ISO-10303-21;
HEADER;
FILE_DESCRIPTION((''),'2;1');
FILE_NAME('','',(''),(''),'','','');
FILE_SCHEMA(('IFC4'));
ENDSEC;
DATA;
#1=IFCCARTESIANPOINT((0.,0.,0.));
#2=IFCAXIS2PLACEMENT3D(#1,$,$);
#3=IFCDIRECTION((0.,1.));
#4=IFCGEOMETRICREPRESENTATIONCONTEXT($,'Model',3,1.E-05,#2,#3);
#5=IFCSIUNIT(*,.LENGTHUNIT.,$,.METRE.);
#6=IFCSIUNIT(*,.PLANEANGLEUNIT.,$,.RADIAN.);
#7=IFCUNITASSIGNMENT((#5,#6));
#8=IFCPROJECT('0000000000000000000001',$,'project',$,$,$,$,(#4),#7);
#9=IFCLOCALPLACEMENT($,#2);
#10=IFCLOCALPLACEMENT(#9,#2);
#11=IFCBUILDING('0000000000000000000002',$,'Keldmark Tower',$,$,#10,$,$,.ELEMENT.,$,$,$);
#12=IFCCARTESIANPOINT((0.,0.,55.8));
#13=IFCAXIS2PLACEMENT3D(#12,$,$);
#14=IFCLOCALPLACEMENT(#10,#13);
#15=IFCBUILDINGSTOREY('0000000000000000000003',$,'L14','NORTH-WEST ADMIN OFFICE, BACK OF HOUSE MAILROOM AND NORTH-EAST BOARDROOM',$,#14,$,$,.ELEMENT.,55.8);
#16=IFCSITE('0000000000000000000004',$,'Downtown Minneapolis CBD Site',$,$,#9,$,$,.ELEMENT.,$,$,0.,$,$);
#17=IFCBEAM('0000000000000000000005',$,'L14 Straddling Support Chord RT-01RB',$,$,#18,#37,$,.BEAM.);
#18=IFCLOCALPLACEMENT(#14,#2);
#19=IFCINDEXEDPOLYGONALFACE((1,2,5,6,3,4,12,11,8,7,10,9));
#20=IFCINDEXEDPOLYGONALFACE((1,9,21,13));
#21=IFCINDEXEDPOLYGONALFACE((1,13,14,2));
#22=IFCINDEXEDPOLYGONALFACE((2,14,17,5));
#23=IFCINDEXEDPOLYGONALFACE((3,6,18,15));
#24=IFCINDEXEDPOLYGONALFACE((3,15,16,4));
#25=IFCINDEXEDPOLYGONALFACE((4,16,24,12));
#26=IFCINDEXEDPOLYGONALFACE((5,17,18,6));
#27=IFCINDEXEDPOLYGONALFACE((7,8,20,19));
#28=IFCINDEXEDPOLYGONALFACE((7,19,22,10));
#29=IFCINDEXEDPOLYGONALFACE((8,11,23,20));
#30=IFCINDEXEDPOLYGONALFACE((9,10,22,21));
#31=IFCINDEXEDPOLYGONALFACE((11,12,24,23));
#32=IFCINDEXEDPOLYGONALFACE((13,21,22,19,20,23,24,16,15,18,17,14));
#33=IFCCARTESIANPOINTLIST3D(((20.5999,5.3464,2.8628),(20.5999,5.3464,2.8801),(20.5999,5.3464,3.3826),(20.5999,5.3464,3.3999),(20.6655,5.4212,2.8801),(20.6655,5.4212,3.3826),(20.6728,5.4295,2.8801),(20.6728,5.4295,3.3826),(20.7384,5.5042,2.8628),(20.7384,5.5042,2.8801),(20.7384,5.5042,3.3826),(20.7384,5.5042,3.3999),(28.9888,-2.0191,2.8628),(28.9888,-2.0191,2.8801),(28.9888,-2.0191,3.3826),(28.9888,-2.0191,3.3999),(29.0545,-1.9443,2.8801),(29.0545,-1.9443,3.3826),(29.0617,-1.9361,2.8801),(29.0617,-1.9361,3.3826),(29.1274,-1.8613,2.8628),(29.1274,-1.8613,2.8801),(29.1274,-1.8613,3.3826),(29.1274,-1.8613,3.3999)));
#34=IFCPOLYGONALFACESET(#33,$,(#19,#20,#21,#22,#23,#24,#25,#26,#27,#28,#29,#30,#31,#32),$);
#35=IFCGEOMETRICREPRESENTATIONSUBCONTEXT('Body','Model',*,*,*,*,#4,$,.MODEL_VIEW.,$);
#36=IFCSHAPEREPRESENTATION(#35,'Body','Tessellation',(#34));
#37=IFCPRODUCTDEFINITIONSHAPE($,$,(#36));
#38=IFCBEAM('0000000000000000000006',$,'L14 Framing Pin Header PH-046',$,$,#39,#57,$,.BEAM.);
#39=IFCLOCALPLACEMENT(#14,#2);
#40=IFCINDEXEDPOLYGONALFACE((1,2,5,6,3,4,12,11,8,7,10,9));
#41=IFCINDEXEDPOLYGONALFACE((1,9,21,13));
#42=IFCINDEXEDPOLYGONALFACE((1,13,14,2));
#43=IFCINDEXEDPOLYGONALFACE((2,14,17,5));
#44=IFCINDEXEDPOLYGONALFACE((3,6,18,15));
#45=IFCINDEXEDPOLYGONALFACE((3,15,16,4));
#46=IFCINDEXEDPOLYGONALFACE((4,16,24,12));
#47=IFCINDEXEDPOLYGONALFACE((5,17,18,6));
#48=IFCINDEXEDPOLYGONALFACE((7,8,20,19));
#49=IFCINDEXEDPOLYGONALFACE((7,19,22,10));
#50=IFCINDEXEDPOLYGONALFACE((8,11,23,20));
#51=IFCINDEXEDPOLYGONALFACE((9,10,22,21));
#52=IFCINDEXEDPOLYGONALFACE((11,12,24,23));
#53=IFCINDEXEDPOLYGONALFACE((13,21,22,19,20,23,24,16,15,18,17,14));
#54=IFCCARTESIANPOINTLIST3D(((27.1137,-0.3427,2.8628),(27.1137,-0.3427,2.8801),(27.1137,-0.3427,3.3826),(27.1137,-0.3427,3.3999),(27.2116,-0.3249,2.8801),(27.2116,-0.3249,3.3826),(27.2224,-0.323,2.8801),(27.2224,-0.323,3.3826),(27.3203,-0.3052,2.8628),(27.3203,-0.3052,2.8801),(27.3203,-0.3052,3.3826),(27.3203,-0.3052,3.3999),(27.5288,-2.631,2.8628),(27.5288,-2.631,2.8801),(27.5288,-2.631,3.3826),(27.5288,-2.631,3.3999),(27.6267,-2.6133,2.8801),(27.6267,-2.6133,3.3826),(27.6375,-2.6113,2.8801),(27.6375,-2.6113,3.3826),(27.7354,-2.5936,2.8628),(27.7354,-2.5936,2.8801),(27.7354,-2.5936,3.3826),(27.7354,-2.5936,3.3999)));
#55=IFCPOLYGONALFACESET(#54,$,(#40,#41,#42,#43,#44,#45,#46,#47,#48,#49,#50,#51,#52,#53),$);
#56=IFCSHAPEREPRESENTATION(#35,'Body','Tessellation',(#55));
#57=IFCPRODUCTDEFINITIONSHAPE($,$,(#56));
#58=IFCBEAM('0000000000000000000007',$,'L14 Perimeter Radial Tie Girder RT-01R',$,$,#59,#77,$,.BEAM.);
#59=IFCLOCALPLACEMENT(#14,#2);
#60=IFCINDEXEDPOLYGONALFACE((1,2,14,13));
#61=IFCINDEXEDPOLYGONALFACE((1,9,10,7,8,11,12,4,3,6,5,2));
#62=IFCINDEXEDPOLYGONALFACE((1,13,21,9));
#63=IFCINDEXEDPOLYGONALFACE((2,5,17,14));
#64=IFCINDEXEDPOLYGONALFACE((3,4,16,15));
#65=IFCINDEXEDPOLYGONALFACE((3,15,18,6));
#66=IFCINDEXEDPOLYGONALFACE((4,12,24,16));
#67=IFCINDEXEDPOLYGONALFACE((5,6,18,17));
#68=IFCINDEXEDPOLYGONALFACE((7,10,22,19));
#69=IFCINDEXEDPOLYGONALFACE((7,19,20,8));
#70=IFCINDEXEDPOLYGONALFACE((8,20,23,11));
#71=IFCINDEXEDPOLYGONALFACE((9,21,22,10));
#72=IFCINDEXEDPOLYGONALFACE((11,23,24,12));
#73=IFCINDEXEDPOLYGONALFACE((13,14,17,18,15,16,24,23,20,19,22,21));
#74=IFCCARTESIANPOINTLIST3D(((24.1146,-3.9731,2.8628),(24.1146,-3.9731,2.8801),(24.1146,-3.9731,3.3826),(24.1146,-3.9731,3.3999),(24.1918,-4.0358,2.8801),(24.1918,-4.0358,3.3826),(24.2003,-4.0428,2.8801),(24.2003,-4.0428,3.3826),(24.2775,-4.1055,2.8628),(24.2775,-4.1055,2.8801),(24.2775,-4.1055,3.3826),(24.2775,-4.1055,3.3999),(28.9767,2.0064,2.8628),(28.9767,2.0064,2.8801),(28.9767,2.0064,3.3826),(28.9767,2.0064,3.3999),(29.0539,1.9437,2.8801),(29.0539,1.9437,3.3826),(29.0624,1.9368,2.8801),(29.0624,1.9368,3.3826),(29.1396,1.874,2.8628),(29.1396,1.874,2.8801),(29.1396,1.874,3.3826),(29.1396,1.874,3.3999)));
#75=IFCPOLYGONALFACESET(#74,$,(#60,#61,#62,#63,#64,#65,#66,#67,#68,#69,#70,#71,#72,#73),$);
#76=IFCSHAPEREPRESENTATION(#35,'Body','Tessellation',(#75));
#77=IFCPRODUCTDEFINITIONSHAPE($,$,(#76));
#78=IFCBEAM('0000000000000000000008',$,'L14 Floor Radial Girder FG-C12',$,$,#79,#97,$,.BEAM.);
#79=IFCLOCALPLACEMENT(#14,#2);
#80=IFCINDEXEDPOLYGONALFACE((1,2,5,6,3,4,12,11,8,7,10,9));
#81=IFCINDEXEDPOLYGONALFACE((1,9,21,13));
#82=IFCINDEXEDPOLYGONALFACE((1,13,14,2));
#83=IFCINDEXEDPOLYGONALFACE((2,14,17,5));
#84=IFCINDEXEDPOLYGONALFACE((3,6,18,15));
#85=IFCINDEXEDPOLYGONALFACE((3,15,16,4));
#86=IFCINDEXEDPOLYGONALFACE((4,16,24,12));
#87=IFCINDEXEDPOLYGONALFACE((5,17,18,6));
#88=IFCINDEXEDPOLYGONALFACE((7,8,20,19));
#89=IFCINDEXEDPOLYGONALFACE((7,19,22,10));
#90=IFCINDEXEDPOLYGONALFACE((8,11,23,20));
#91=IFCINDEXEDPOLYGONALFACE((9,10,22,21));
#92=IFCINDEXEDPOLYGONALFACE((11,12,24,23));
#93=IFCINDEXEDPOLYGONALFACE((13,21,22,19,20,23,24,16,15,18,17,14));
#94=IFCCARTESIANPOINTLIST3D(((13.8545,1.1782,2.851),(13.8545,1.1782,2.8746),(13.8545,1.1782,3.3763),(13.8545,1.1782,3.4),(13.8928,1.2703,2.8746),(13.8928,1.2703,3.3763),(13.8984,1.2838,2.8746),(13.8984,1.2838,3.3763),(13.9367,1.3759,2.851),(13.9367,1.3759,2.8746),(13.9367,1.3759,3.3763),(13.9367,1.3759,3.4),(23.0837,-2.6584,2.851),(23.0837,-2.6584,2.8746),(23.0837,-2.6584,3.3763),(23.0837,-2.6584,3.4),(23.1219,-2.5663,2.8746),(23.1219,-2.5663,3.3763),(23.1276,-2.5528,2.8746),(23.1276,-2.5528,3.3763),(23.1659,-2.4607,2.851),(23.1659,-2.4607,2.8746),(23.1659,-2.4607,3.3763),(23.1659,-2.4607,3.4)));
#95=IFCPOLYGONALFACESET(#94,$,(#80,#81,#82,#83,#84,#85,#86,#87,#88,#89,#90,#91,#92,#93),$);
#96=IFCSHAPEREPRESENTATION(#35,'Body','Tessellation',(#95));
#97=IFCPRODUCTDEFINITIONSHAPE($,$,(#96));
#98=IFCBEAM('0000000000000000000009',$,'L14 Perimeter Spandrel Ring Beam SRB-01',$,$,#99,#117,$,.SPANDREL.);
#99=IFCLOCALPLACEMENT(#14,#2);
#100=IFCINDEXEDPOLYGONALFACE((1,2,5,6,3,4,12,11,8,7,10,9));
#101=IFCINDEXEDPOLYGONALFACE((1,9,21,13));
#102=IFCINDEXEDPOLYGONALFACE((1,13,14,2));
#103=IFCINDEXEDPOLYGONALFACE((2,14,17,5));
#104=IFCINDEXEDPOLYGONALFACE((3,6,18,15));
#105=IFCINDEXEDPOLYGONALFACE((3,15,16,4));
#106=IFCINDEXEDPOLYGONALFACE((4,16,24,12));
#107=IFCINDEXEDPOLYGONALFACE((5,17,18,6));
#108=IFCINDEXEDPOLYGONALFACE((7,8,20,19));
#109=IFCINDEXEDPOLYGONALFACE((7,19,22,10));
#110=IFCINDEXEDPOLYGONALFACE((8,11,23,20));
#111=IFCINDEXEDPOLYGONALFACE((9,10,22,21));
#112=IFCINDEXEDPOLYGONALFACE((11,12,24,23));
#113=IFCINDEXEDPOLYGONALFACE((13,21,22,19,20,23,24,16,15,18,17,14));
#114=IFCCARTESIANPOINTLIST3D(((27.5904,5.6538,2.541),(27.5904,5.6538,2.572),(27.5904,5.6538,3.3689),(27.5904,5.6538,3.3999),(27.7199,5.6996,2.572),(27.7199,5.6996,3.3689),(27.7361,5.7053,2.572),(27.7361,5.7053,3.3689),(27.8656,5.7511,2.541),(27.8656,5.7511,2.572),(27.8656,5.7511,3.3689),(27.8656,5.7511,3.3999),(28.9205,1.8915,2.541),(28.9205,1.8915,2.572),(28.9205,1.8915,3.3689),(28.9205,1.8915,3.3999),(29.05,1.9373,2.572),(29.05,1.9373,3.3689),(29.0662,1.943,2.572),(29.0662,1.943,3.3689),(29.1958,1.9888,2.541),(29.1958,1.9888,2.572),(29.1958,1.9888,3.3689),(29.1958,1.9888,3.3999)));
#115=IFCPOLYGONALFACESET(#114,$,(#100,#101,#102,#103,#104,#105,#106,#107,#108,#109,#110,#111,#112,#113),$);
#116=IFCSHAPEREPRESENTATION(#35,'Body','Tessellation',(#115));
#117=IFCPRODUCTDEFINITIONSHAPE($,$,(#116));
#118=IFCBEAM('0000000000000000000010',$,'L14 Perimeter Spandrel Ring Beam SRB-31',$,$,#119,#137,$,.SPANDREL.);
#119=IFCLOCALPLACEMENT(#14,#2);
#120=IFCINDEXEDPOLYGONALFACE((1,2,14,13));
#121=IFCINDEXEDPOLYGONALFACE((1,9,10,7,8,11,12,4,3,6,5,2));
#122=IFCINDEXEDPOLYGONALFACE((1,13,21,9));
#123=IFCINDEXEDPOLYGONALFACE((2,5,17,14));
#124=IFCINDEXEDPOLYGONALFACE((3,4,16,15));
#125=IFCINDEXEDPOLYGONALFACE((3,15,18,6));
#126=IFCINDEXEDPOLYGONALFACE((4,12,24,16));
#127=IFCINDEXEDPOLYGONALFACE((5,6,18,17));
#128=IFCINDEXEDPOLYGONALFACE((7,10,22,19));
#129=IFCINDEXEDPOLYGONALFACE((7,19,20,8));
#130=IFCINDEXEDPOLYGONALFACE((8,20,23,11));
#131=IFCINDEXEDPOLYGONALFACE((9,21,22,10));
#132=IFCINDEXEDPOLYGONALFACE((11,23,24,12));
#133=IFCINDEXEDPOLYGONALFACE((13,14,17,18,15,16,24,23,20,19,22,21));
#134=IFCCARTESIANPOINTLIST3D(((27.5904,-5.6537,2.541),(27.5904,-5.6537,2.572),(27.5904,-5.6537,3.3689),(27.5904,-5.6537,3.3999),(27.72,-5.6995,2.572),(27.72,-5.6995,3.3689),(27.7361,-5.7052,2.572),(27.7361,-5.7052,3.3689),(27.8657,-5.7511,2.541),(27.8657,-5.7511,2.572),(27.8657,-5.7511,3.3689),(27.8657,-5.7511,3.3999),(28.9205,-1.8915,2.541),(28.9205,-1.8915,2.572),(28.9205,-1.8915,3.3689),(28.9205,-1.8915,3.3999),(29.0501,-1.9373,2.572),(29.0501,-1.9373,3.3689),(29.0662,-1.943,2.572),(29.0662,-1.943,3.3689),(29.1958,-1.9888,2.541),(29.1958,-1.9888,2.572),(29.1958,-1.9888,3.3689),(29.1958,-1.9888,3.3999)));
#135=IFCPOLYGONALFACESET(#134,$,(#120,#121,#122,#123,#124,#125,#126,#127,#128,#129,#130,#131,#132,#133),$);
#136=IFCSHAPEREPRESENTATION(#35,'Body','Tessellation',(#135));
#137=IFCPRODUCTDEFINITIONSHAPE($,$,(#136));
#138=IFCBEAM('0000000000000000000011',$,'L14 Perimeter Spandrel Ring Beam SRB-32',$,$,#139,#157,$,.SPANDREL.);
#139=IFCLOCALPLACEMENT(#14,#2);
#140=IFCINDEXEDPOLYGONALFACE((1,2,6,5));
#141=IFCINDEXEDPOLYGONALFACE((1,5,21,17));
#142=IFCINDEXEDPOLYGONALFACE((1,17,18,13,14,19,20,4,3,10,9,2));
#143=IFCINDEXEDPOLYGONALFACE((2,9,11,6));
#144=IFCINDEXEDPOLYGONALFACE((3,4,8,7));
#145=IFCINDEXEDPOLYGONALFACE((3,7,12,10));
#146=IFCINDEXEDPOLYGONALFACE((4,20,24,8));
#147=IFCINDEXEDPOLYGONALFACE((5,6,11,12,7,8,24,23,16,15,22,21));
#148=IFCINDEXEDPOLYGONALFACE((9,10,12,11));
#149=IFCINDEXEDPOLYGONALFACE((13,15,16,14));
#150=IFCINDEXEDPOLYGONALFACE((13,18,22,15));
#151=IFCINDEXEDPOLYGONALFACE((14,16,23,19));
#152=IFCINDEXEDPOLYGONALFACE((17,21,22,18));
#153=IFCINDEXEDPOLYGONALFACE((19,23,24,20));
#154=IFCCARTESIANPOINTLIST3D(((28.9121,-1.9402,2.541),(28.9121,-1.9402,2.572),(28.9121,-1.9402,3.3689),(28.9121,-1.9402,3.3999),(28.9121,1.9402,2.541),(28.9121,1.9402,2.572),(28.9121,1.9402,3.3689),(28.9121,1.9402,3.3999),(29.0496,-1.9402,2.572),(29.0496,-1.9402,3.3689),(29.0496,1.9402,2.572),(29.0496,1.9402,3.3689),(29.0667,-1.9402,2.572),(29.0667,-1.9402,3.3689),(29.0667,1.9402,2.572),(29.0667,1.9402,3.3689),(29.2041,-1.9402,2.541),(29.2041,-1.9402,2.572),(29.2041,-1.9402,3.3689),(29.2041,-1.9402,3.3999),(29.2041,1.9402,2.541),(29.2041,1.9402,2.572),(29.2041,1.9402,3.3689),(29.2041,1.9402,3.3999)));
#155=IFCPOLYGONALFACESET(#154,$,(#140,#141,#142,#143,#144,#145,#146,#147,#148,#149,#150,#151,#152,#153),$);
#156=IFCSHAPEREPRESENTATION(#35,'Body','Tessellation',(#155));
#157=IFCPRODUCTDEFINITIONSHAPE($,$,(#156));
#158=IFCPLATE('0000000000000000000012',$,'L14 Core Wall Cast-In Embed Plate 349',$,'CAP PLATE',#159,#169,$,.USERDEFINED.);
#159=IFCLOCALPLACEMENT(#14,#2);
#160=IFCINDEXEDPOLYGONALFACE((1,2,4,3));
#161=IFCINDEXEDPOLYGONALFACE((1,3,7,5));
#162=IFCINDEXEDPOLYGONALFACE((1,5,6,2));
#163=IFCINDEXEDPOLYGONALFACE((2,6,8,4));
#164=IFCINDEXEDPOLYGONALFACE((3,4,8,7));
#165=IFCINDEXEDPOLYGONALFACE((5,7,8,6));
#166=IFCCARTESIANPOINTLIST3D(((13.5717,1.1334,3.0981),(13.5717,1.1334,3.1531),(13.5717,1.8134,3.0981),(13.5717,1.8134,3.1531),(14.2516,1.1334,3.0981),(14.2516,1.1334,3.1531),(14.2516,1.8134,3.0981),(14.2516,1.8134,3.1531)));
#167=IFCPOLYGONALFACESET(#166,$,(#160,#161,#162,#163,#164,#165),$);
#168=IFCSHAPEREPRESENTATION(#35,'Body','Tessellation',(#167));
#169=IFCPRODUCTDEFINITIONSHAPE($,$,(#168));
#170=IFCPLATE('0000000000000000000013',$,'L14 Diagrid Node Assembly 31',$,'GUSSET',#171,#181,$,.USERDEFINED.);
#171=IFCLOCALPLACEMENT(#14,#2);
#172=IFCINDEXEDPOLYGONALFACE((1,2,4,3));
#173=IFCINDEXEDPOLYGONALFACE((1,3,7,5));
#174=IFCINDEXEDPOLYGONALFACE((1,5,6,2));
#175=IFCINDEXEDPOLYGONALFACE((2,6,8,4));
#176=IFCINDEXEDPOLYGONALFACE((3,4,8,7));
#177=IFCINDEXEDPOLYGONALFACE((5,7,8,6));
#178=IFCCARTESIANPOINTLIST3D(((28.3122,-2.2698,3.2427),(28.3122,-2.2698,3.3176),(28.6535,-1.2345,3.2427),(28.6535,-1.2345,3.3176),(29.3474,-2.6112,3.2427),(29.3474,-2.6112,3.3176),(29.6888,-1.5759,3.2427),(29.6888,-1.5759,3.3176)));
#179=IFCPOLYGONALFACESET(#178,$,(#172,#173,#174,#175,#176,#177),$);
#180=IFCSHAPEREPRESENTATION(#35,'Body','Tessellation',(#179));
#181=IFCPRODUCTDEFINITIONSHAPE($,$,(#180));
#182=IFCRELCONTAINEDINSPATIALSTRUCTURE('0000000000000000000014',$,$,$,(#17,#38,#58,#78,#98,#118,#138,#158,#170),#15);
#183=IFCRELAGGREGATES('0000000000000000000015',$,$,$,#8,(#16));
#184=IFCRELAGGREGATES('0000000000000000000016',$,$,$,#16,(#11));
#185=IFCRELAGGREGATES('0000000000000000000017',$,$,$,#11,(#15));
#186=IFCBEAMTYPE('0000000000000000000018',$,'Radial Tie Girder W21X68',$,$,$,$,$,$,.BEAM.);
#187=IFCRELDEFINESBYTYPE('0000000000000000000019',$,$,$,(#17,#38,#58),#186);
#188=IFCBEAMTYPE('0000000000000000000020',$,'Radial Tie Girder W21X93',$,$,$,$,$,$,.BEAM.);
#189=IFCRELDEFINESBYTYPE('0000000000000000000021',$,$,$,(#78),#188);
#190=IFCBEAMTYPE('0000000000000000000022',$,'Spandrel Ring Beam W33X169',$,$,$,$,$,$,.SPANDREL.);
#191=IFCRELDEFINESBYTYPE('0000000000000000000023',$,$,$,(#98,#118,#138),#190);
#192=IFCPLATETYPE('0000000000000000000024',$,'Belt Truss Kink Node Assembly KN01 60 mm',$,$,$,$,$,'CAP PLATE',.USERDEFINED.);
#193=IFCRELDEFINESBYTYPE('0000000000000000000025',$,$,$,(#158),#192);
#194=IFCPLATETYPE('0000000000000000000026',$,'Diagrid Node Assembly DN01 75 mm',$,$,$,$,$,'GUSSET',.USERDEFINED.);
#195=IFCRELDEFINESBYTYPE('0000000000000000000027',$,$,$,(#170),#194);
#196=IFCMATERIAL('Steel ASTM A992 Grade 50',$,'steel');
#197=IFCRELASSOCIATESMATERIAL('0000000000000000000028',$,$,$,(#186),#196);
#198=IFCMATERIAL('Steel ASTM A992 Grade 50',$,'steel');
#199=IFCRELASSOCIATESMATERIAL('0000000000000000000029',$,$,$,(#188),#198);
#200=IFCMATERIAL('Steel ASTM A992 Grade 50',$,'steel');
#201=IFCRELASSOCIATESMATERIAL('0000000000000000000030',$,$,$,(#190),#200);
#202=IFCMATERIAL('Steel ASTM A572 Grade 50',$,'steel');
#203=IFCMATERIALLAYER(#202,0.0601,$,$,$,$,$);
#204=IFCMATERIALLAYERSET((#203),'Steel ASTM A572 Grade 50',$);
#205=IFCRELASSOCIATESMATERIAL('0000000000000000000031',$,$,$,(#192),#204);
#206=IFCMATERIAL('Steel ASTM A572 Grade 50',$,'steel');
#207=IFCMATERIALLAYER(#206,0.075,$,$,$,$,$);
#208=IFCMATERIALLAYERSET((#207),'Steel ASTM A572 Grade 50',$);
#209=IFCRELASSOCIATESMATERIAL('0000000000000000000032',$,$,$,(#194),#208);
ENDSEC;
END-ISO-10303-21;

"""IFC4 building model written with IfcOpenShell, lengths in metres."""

from ifc_helpers import new_model, si_unit, direction, frame, origin, origin_2d, place, context, subcontext, project, spatial, rectangle, i_section, extrude, material, layer, layer_set, material_profile, profile_set, type_object, element, save


model = new_model("IFC4")

# Units and contexts
model_context = context("Model", 3, precision=1e-05, world=origin(), true_north=direction((0.0, 1.0)))
body_context = subcontext(model_context, "Body", "Model", "MODEL_VIEW")
ifc_project = project(units=[si_unit("LENGTHUNIT", "METRE"), si_unit("PLANEANGLEUNIT", "RADIAN")], contexts=[model_context])

# Site, building, storey
site_placement = place(None, origin())
site = spatial("IfcSite", under=ifc_project, at=site_placement, Name="Downtown Minneapolis CBD Site", CompositionType="ELEMENT", RefElevation=0.0)
building_placement = place(site_placement, origin())
building = spatial("IfcBuilding", under=site, at=building_placement, Name="Keldmark Tower", CompositionType="ELEMENT")
storey_placement = place(building_placement, frame((0.0, 0.0, 55.8)))
storey = spatial("IfcBuildingStorey", under=building, at=storey_placement, Name="L14", Description="NORTH-WEST ADMIN OFFICE, BACK OF HOUSE MAILROOM AND NORTH-EAST BOARDROOM", CompositionType="ELEMENT", Elevation=55.8)

# Beams
ifc_material_1 = material(Name="Steel ASTM A992 Grade 50", Category="steel")
ifc_material_profile_1 = material_profile(ifc_material_1, i_section(OverallWidth=0.21, OverallDepth=0.5371, WebThickness=0.011, FlangeThickness=0.0173, at=origin_2d()), Name="W21X68")
ifc_profile_set_1 = profile_set([ifc_material_profile_1], Name="Steel ASTM A992 Grade 50")
beam_type_1 = type_object("IfcBeamType", Name="Radial Tie Girder W21X68", PredefinedType="BEAM", material=ifc_profile_set_1)
beam_1_placement = place(storey_placement, frame((29.0581, -1.9402, 3.1313), z_axis=(-0.751458, 0.659781, 0.0), x_axis=(-0.659781, -0.751458, 0.0)))
element("IfcBeam", 1, at=beam_1_placement, inside=storey, type_object=beam_type_1, Name="L14 Straddling Support Chord RT-01RB", PredefinedType="BEAM", context=body_context, shape_type="SweptSolid", body=[
    extrude(i_section(OverallWidth=0.21, OverallDepth=0.5371, WebThickness=0.011, FlangeThickness=0.0173, at=origin_2d()), origin(), (0.0, 0.0, 1.0), 11.1636),
])
beam_2_placement = place(storey_placement, frame((27.6321, -2.6123, 3.1313), z_axis=(-0.17846, 0.983947, 0.0), x_axis=(-0.983947, -0.17846, 0.0)))
element("IfcBeam", 2, at=beam_2_placement, inside=storey, type_object=beam_type_1, Name="L14 Framing Pin Header PH-046", PredefinedType="BEAM", context=body_context, shape_type="SweptSolid", body=[
    extrude(i_section(OverallWidth=0.21, OverallDepth=0.5371, WebThickness=0.011, FlangeThickness=0.0173, at=origin_2d()), origin(), (0.0, 0.0, 1.0), 2.3257),
])
beam_3_placement = place(storey_placement, frame((24.196, -4.0393, 3.1313), z_axis=(0.630884, 0.775878, 0.0), x_axis=(-0.775878, 0.630884, 0.0)))
element("IfcBeam", 3, at=beam_3_placement, inside=storey, type_object=beam_type_1, Name="L14 Perimeter Radial Tie Girder RT-01R", PredefinedType="BEAM", context=body_context, shape_type="SweptSolid", body=[
    extrude(i_section(OverallWidth=0.21, OverallDepth=0.5371, WebThickness=0.011, FlangeThickness=0.0173, at=origin_2d()), origin(), (0.0, 0.0, 1.0), 7.7068),
])
ifc_material_2 = material(Name="Steel ASTM A992 Grade 50", Category="steel")
ifc_material_profile_2 = material_profile(ifc_material_2, i_section(OverallWidth=0.2141, OverallDepth=0.5491, WebThickness=0.0146, FlangeThickness=0.0237, at=origin_2d()), Name="W21X93")
ifc_profile_set_2 = profile_set([ifc_material_profile_2], Name="Steel ASTM A992 Grade 50")
beam_type_2 = type_object("IfcBeamType", Name="Radial Tie Girder W21X93", PredefinedType="BEAM", material=ifc_profile_set_2)
beam_4_placement = place(storey_placement, frame((23.1248, -2.5596, 3.1255), z_axis=(-0.923391, 0.383861, 0.0), x_axis=(-0.383861, -0.923391, 0.0)))
element("IfcBeam", 4, at=beam_4_placement, inside=storey, type_object=beam_type_2, Name="L14 Floor Radial Girder FG-C12", PredefinedType="BEAM", context=body_context, shape_type="SweptSolid", body=[
    extrude(i_section(OverallWidth=0.2141, OverallDepth=0.5491, WebThickness=0.0146, FlangeThickness=0.0237, at=origin_2d()), origin(), (0.0, 0.0, 1.0), 9.9949),
])
ifc_material_3 = material(Name="Steel ASTM A992 Grade 50", Category="steel")
ifc_material_profile_3 = material_profile(ifc_material_3, i_section(OverallWidth=0.292, OverallDepth=0.8589, WebThickness=0.0171, FlangeThickness=0.031, at=origin_2d()), Name="W33X169")
ifc_profile_set_3 = profile_set([ifc_material_profile_3], Name="Steel ASTM A992 Grade 50")
beam_type_3 = type_object("IfcBeamType", Name="Spandrel Ring Beam W33X169", PredefinedType="SPANDREL", material=ifc_profile_set_3)
for number, where, z_axis, x_axis, name in (
    (5, (29.0581, 1.9402, 2.9705), (-0.333319, 0.942814, 0.0), (-0.942814, -0.333319, 0.0), "L14 Perimeter Spandrel Ring Beam SRB-01"),
    (6, (27.728, -5.7024, 2.9705), (0.333319, 0.942814, 0.0), (-0.942814, 0.333319, 0.0), "L14 Perimeter Spandrel Ring Beam SRB-31"),
):
    element("IfcBeam", number, at=place(storey_placement, frame(where, z_axis=z_axis, x_axis=x_axis)), inside=storey, type_object=beam_type_3, Name=name, PredefinedType="SPANDREL", context=body_context, shape_type="SweptSolid", body=[
        extrude(i_section(OverallWidth=0.292, OverallDepth=0.8589, WebThickness=0.0171, FlangeThickness=0.031, at=origin_2d()), origin(), (0.0, 0.0, 1.0), 3.9905),
    ])
beam_5_placement = place(storey_placement, frame((29.0581, -1.9402, 2.9705), z_axis=(0.0, 1.0, 0.0), x_axis=(-1.0, 0.0, 0.0)))
element("IfcBeam", 7, at=beam_5_placement, inside=storey, type_object=beam_type_3, Name="L14 Perimeter Spandrel Ring Beam SRB-32", PredefinedType="SPANDREL", context=body_context, shape_type="SweptSolid", body=[
    extrude(i_section(OverallWidth=0.292, OverallDepth=0.8589, WebThickness=0.0171, FlangeThickness=0.031, at=origin_2d()), origin(), (0.0, 0.0, 1.0), 3.8804),
])

# Plates
ifc_material_4 = material(Name="Steel ASTM A572 Grade 50", Category="steel")
ifc_layer_1 = layer(ifc_material_4, 0.0601)
ifc_layer_set_1 = layer_set([ifc_layer_1], Name="Steel ASTM A572 Grade 50")
plate_type_1 = type_object("IfcPlateType", Name="Belt Truss Kink Node Assembly KN01 60 mm", ElementType="CAP PLATE", PredefinedType="USERDEFINED", material=ifc_layer_set_1)
plate_1_placement = place(storey_placement, frame((13.9116, 1.4734, 3.0981), z_axis=(0.0, 0.0, 1.0), x_axis=(1.0, 0.0, 0.0)))
element("IfcPlate", 8, at=plate_1_placement, inside=storey, type_object=plate_type_1, Name="L14 Core Wall Cast-In Embed Plate 349", ObjectType="CAP PLATE", PredefinedType="USERDEFINED", context=body_context, shape_type="SweptSolid", body=[
    extrude(rectangle(XDim=0.6799, YDim=0.6799, at=origin_2d()), origin(), (0.0, 0.0, 1.0), 0.0549),
])
ifc_material_5 = material(Name="Steel ASTM A572 Grade 50", Category="steel")
ifc_layer_2 = layer(ifc_material_5, 0.075)
ifc_layer_set_2 = layer_set([ifc_layer_2], Name="Steel ASTM A572 Grade 50")
plate_type_2 = type_object("IfcPlateType", Name="Diagrid Node Assembly DN01 75 mm", ElementType="GUSSET", PredefinedType="USERDEFINED", material=ifc_layer_set_2)
plate_2_placement = place(storey_placement, frame((29.0005, -1.9229, 3.2427), z_axis=(0.0, 0.0, 1.0), x_axis=(0.313164, 0.949699, 0.0)))
element("IfcPlate", 9, at=plate_2_placement, inside=storey, type_object=plate_type_2, Name="L14 Diagrid Node Assembly 31", ObjectType="GUSSET", PredefinedType="USERDEFINED", context=body_context, shape_type="SweptSolid", body=[
    extrude(rectangle(XDim=1.0901, YDim=1.0901, at=origin_2d()), origin(), (0.0, 0.0, 1.0), 0.075),
])

save(model, "model.ifc")
